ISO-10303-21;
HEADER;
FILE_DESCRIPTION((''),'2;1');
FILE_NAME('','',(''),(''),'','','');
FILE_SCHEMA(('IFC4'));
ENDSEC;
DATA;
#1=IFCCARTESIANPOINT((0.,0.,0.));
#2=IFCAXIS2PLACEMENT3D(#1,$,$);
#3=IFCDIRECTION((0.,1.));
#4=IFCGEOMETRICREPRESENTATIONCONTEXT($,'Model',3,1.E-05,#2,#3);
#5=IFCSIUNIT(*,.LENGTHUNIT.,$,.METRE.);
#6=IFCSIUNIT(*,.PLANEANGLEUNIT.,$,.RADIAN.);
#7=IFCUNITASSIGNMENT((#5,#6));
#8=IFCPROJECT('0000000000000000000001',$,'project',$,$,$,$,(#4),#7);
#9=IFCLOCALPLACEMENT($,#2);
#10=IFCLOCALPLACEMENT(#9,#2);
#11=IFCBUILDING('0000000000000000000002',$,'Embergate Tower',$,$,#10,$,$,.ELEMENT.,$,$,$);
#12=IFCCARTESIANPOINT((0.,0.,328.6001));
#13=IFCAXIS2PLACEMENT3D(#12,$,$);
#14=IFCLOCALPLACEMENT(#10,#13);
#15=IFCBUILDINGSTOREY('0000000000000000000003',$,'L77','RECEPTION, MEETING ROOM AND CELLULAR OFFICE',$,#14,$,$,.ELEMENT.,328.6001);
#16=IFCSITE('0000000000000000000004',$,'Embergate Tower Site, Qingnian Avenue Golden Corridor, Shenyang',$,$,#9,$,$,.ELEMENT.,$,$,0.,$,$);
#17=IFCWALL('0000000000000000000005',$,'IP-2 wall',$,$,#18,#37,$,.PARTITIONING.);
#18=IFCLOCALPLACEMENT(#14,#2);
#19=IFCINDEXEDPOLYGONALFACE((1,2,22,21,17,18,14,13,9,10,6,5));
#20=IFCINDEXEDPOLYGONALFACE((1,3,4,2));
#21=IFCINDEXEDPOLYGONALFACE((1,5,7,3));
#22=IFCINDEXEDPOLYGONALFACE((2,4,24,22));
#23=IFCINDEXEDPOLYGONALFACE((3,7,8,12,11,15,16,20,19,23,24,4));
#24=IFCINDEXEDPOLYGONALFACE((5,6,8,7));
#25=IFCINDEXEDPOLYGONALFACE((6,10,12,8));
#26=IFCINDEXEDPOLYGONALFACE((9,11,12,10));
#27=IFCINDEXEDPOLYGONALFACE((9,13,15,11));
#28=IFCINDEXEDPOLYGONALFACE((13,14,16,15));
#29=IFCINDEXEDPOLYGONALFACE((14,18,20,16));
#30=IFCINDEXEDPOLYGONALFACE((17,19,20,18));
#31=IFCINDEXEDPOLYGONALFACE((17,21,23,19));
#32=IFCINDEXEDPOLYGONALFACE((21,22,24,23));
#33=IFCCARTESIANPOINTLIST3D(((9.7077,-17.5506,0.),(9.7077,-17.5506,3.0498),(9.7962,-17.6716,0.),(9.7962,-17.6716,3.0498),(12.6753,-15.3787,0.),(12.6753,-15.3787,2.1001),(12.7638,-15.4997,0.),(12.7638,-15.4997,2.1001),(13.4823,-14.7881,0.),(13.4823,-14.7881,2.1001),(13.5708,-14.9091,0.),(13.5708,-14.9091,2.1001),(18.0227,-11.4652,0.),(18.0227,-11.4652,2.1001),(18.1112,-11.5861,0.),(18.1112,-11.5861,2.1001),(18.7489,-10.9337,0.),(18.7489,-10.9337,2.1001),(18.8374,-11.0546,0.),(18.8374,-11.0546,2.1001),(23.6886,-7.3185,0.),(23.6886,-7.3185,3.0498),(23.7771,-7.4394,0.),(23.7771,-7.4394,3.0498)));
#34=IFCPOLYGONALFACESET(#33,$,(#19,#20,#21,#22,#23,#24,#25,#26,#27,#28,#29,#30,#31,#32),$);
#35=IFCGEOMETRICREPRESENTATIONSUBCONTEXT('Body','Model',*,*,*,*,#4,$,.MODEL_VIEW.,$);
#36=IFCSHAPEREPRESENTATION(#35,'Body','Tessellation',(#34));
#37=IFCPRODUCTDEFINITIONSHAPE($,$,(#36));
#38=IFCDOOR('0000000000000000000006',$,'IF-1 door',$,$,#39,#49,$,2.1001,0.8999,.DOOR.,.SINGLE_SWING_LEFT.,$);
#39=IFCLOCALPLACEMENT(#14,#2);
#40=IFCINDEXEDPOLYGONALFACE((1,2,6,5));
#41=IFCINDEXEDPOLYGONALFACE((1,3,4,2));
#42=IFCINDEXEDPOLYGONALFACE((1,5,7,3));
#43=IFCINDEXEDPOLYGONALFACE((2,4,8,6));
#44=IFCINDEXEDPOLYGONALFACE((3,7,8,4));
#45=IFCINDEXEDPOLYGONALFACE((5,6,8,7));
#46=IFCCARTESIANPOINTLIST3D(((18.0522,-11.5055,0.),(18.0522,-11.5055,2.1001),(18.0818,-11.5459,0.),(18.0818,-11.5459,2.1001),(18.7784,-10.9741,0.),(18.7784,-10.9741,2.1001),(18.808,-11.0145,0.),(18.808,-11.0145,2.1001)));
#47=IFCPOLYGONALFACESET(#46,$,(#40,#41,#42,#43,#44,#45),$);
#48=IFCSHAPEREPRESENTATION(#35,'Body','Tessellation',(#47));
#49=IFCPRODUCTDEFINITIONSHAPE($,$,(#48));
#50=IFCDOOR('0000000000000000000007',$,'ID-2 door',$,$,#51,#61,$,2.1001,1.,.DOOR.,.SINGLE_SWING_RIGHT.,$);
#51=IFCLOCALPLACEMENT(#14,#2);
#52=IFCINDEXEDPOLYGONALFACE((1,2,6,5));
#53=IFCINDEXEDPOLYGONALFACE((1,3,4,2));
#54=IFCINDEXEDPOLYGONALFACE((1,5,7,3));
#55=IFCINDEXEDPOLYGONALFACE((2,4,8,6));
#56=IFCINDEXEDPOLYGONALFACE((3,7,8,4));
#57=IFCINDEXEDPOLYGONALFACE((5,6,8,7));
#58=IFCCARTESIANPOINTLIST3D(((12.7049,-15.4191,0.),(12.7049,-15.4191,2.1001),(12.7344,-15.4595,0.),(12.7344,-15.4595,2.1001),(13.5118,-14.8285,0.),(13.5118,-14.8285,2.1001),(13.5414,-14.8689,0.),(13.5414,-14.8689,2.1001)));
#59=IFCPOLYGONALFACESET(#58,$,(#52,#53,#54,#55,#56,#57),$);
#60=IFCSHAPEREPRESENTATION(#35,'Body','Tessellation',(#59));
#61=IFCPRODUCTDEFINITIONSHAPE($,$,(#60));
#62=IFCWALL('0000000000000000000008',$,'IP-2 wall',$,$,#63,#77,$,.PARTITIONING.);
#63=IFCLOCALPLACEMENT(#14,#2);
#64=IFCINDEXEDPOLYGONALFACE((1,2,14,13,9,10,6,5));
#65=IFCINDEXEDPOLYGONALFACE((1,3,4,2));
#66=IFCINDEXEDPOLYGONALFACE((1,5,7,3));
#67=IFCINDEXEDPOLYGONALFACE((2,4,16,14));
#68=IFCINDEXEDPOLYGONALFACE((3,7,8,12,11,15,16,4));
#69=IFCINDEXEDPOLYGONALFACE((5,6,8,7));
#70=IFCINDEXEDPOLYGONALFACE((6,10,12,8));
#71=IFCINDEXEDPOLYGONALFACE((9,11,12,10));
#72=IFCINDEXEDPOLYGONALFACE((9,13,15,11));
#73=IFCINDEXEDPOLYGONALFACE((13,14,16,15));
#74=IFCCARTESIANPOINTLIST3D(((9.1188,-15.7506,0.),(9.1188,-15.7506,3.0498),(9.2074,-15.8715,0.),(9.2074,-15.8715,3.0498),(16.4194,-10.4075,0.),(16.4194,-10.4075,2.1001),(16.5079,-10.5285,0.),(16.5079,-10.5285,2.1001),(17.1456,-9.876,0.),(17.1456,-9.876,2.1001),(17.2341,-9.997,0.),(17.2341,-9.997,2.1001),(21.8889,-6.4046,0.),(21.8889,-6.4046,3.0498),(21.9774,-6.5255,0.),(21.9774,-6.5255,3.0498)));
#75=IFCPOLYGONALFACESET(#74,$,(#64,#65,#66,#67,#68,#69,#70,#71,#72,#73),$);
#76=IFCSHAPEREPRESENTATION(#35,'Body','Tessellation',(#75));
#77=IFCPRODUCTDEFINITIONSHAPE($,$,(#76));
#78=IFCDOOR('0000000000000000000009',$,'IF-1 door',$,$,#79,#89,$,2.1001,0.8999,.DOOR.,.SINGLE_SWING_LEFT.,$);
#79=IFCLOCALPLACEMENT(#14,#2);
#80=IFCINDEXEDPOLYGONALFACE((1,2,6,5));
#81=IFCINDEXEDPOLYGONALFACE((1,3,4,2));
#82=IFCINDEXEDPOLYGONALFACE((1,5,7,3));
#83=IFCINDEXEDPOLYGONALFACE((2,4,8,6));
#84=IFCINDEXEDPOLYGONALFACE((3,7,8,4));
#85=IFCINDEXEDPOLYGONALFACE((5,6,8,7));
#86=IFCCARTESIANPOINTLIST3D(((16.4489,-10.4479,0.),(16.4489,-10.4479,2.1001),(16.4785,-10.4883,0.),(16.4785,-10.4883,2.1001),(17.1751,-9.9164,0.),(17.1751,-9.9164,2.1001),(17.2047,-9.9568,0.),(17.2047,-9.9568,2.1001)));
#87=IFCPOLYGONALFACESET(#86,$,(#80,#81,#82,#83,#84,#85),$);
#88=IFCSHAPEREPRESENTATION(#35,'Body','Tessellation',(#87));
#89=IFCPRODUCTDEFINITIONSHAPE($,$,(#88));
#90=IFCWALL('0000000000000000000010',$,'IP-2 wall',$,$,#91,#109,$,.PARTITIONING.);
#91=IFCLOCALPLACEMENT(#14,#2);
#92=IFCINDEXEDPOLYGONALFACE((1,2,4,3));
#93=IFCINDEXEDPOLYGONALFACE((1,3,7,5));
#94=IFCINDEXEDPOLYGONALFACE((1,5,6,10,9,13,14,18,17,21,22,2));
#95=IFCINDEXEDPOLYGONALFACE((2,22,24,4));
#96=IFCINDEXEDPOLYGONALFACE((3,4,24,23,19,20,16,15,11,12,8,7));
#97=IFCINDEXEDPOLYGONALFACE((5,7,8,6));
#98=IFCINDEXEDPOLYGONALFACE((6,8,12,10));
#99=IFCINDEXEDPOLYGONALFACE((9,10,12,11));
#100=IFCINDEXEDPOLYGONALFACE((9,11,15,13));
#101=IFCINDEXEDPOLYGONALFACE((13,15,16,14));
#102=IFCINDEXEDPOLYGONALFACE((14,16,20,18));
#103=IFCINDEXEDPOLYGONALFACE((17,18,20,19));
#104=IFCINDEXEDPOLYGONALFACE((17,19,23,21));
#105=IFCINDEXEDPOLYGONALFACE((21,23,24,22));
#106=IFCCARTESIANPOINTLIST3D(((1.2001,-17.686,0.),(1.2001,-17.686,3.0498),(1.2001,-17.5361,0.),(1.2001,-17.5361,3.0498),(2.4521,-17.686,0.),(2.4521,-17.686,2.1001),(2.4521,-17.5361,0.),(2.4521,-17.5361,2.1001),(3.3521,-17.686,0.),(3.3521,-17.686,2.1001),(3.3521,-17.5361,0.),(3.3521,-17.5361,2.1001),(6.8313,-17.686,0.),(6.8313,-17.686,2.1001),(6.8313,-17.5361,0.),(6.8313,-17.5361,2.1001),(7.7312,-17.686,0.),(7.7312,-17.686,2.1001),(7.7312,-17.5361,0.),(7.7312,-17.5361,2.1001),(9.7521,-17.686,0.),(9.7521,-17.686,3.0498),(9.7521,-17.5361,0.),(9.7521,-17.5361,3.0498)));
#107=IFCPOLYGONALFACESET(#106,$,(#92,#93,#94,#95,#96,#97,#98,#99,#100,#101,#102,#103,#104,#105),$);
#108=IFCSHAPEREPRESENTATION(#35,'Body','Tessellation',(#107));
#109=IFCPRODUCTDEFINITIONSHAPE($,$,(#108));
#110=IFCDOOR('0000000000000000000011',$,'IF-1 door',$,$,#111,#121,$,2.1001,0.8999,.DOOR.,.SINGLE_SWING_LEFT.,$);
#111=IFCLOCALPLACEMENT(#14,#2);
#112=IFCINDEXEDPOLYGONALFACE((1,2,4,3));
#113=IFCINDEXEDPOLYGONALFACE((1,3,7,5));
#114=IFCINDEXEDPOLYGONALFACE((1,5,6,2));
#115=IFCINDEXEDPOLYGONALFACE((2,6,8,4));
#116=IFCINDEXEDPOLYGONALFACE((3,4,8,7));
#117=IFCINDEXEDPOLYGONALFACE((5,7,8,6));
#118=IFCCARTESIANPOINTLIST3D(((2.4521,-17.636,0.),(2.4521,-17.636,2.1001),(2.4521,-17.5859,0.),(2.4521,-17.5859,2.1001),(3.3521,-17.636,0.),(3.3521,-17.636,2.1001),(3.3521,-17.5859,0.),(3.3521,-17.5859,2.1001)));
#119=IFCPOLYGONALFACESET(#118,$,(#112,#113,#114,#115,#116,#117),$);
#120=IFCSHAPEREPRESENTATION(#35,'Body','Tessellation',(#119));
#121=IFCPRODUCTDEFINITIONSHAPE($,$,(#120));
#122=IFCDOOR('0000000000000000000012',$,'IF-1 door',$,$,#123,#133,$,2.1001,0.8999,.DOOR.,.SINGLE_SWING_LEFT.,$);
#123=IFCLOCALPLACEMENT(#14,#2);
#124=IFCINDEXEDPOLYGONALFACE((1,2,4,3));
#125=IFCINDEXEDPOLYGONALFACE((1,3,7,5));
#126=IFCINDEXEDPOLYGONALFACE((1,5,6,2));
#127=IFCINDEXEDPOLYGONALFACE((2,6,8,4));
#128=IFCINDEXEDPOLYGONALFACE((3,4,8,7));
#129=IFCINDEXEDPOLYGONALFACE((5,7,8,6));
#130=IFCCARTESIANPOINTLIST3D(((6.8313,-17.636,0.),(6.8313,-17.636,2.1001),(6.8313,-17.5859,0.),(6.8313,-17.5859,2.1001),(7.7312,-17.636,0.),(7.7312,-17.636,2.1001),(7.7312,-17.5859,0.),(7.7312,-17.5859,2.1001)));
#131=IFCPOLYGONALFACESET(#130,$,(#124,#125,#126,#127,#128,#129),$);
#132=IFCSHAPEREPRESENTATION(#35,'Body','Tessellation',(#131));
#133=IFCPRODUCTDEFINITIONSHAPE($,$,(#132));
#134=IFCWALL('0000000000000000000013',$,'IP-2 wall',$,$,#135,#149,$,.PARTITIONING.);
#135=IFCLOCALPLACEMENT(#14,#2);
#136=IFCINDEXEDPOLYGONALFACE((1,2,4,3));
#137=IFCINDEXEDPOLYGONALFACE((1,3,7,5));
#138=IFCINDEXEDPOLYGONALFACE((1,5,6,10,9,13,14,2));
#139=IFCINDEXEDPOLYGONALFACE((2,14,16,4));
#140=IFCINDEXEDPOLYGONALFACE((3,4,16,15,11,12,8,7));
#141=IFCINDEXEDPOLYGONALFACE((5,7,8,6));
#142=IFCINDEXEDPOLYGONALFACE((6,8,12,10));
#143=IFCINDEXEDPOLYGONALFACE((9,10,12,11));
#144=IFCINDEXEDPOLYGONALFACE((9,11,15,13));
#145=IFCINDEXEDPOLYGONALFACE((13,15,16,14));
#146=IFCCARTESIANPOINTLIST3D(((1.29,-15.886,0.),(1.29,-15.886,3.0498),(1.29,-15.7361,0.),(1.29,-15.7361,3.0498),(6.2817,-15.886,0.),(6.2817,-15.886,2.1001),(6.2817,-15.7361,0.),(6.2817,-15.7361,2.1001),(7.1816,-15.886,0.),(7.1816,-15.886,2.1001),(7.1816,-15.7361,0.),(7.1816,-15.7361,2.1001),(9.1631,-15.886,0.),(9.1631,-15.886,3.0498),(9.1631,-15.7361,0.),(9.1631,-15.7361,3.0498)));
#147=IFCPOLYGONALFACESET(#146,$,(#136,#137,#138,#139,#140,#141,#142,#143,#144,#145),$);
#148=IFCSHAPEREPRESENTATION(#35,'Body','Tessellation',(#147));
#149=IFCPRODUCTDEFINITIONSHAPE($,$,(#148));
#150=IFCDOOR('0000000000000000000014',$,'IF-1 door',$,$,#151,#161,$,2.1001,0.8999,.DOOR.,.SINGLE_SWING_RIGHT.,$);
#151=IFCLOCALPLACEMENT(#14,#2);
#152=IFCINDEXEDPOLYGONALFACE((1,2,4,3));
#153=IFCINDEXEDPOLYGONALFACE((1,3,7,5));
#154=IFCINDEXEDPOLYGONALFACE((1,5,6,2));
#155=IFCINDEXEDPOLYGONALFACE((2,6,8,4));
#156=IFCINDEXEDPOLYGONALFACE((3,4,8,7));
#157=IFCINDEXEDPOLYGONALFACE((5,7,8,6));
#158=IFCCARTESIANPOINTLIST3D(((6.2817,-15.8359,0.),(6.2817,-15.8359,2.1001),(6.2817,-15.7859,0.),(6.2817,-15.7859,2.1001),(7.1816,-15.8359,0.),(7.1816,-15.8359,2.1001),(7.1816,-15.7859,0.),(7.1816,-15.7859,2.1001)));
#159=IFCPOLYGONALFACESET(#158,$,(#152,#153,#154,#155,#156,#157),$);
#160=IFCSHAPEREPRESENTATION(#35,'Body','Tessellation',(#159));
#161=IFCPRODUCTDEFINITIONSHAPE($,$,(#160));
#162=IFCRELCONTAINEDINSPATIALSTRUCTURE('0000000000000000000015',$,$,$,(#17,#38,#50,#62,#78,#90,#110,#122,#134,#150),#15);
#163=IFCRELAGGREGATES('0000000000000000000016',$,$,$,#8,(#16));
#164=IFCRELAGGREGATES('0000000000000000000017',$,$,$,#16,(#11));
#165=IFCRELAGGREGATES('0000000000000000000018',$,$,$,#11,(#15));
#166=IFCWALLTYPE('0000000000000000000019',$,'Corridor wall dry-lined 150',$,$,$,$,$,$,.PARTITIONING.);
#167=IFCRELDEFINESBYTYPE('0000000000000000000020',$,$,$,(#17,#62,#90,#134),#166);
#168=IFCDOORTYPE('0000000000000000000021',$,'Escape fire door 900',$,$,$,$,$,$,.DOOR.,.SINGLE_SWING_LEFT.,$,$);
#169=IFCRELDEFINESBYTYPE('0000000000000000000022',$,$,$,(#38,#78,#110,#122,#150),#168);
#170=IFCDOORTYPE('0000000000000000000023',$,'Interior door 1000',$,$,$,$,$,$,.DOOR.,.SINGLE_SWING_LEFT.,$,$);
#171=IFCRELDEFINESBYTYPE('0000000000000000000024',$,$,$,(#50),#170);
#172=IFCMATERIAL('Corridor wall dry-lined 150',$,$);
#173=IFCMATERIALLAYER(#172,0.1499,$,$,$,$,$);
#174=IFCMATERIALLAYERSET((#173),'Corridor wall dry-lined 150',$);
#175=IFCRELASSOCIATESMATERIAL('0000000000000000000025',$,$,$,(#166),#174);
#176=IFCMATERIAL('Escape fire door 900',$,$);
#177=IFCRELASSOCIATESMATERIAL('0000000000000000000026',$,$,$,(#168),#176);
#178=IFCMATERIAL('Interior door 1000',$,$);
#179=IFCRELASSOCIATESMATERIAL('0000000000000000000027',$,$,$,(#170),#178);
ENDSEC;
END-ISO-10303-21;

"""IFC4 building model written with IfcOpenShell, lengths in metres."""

from ifc_helpers import new_model, si_unit, direction, frame, frame_2d, origin, place, context, subcontext, project, spatial, rectangle, extrude, source, transform, mapped, material, layer, layer_set, type_object, element, fill, save


model = new_model("IFC4")

# Units and contexts
model_context = context("Model", 3, precision=1e-05, world=origin(), true_north=direction((0.0, 1.0)))
body_context = subcontext(model_context, "Body", "Model", "MODEL_VIEW")
ifc_project = project(units=[si_unit("LENGTHUNIT", "METRE"), si_unit("PLANEANGLEUNIT", "RADIAN")], contexts=[model_context])

# Site, building, storey
site_placement = place(None, origin())
site = spatial("IfcSite", under=ifc_project, at=site_placement, Name="Embergate Tower Site, Qingnian Avenue Golden Corridor, Shenyang", CompositionType="ELEMENT", RefElevation=0.0)
building_placement = place(site_placement, origin())
building = spatial("IfcBuilding", under=site, at=building_placement, Name="Embergate Tower", CompositionType="ELEMENT")
storey_placement = place(building_placement, frame((0.0, 0.0, 328.6001)))
storey = spatial("IfcBuildingStorey", under=building, at=storey_placement, Name="L77", Description="RECEPTION, MEETING ROOM AND CELLULAR OFFICE", CompositionType="ELEMENT", Elevation=328.6001)

# Wall, openings, doors
ifc_material_1 = material(Name="Corridor wall dry-lined 150")
ifc_layer_1 = layer(ifc_material_1, 0.1499)
ifc_layer_set_1 = layer_set([ifc_layer_1], Name="Corridor wall dry-lined 150")
wall_type_1 = type_object("IfcWallType", Name="Corridor wall dry-lined 150", PredefinedType="PARTITIONING", material=ifc_layer_set_1)
shared_shape_1 = source(origin(), body_context, "Body", "SweptSolid", [
    extrude(rectangle(XDim=17.3252, YDim=0.1499, at=frame_2d((8.6626, 0.0))), origin(), (0.0, 0.0, 1.0), 3.0498),
])
wall_1_placement = place(storey_placement, frame((9.752, -17.6111, 0.0), z_axis=(0.0, 0.0, 1.0), x_axis=(0.80697, 0.590593, 0.0)))
wall_1 = element("IfcWall", 1, at=wall_1_placement, inside=storey, type_object=wall_type_1, Name="IP-2 wall", PredefinedType="PARTITIONING", context=body_context, shape_type="MappedRepresentation", body=[
    mapped(shared_shape_1, transform((0.0, 0.0, 0.0))),
])
shared_shape_2 = source(origin(), body_context, "Body", "SweptSolid", [
    extrude(rectangle(XDim=1.0, YDim=2.1001, at=frame_2d((0.5, 1.05))), frame((0.0, 0.085, 0.0), z_axis=(0.0, -1.0, 0.0), x_axis=(1.0, 0.0, 0.0)), (0.0, 0.0, 1.0), 0.1699),
])
opening_1_placement = place(wall_1_placement, frame((3.6775, 0.0, 0.0)))
opening_1 = element("IfcOpeningElement", 2, at=opening_1_placement, cuts=wall_1, PredefinedType="OPENING", context=body_context, shape_type="MappedRepresentation", body=[
    mapped(shared_shape_2, transform((0.0, 0.0, 0.0))),
])
shared_shape_3 = source(origin(), body_context, "Body", "SweptSolid", [
    extrude(rectangle(XDim=0.8999, YDim=2.1001, at=frame_2d((0.45, 1.05))), frame((0.0, 0.085, 0.0), z_axis=(0.0, -1.0, 0.0), x_axis=(1.0, 0.0, 0.0)), (0.0, 0.0, 1.0), 0.1699),
])
opening_2_placement = place(wall_1_placement, frame((10.304, 0.0, 0.0)))
opening_2 = element("IfcOpeningElement", 3, at=opening_2_placement, cuts=wall_1, PredefinedType="OPENING", context=body_context, shape_type="MappedRepresentation", body=[
    mapped(shared_shape_3, transform((0.0, 0.0, 0.0))),
])
ifc_material_2 = material(Name="Escape fire door 900")
door_type_1 = type_object("IfcDoorType", Name="Escape fire door 900", OperationType="SINGLE_SWING_LEFT", PredefinedType="DOOR", material=ifc_material_2)
shared_shape_4 = source(origin(), body_context, "Body", "SweptSolid", [
    extrude(rectangle(XDim=0.8999, YDim=2.1001, at=frame_2d((0.45, 1.05))), frame((0.0, 0.0249, 0.0), z_axis=(0.0, -1.0, 0.0), x_axis=(1.0, 0.0, 0.0)), (0.0, 0.0, 1.0), 0.05),
])
door_1_placement = place(opening_2_placement, origin())
door_1 = element("IfcDoor", 4, at=door_1_placement, inside=storey, type_object=door_type_1, Name="IF-1 door", OperationType="SINGLE_SWING_LEFT", OverallHeight=2.1001, OverallWidth=0.8999, PredefinedType="DOOR", context=body_context, shape_type="MappedRepresentation", body=[
    mapped(shared_shape_4, transform((0.0, 0.0, 0.0))),
])
fill(opening_2, door_1)
ifc_material_3 = material(Name="Interior door 1000")
door_type_2 = type_object("IfcDoorType", Name="Interior door 1000", OperationType="SINGLE_SWING_LEFT", PredefinedType="DOOR", material=ifc_material_3)
shared_shape_5 = source(origin(), body_context, "Body", "SweptSolid", [
    extrude(rectangle(XDim=1.0, YDim=2.1001, at=frame_2d((0.5, 1.05))), frame((0.0, 0.0249, 0.0), z_axis=(0.0, -1.0, 0.0), x_axis=(1.0, 0.0, 0.0)), (0.0, 0.0, 1.0), 0.05),
])
door_2_placement = place(opening_1_placement, origin())
door_2 = element("IfcDoor", 5, at=door_2_placement, inside=storey, type_object=door_type_2, Name="ID-2 door", OperationType="SINGLE_SWING_RIGHT", OverallHeight=2.1001, OverallWidth=1.0, PredefinedType="DOOR", context=body_context, shape_type="MappedRepresentation", body=[
    mapped(shared_shape_5, transform((0.0, 0.0, 0.0))),
])
fill(opening_1, door_2)

# Wall, opening, door
shared_shape_6 = source(origin(), body_context, "Body", "SweptSolid", [
    extrude(rectangle(XDim=15.8247, YDim=0.1499, at=frame_2d((7.9124, 0.0))), origin(), (0.0, 0.0, 1.0), 3.0498),
])
wall_2_placement = place(storey_placement, frame((9.1631, -15.811, 0.0), z_axis=(0.0, 0.0, 1.0), x_axis=(0.806969, 0.590594, 0.0)))
wall_2 = element("IfcWall", 6, at=wall_2_placement, inside=storey, type_object=wall_type_1, Name="IP-2 wall", PredefinedType="PARTITIONING", context=body_context, shape_type="MappedRepresentation", body=[
    mapped(shared_shape_6, transform((0.0, 0.0, 0.0))),
])
opening_3_placement = place(wall_2_placement, frame((9.0469, 0.0, 0.0)))
opening_3 = element("IfcOpeningElement", 7, at=opening_3_placement, cuts=wall_2, PredefinedType="OPENING", context=body_context, shape_type="MappedRepresentation", body=[
    mapped(shared_shape_3, transform((0.0, 0.0, 0.0))),
])
door_3_placement = place(opening_3_placement, origin())
door_3 = element("IfcDoor", 8, at=door_3_placement, inside=storey, type_object=door_type_1, Name="IF-1 door", OperationType="SINGLE_SWING_LEFT", OverallHeight=2.1001, OverallWidth=0.8999, PredefinedType="DOOR", context=body_context, shape_type="MappedRepresentation", body=[
    mapped(shared_shape_4, transform((0.0, 0.0, 0.0))),
])
fill(opening_3, door_3)

# Wall, openings, doors
shared_shape_7 = source(origin(), body_context, "Body", "SweptSolid", [
    extrude(rectangle(XDim=8.552, YDim=0.1499, at=frame_2d((4.2759, 0.0))), origin(), (0.0, 0.0, 1.0), 3.0498),
])
wall_3_placement = place(storey_placement, frame((9.752, -17.6111, 0.0), z_axis=(0.0, 0.0, 1.0), x_axis=(-1.0, 0.0, 0.0)))
wall_3 = element("IfcWall", 9, at=wall_3_placement, inside=storey, type_object=wall_type_1, Name="IP-2 wall", PredefinedType="PARTITIONING", context=body_context, shape_type="MappedRepresentation", body=[
    mapped(shared_shape_7, transform((0.0, 0.0, 0.0))),
])
opening_4_placement = place(wall_3_placement, frame((6.3999, 0.0, 0.0)))
opening_4 = element("IfcOpeningElement", 10, at=opening_4_placement, cuts=wall_3, PredefinedType="OPENING", context=body_context, shape_type="MappedRepresentation", body=[
    mapped(shared_shape_3, transform((0.0, 0.0, 0.0))),
])
opening_5_placement = place(wall_3_placement, frame((2.0208, 0.0, 0.0)))
opening_5 = element("IfcOpeningElement", 11, at=opening_5_placement, cuts=wall_3, PredefinedType="OPENING", context=body_context, shape_type="MappedRepresentation", body=[
    mapped(shared_shape_3, transform((0.0, 0.0, 0.0))),
])
door_4_placement = place(opening_4_placement, origin())
door_4 = element("IfcDoor", 12, at=door_4_placement, inside=storey, type_object=door_type_1, Name="IF-1 door", OperationType="SINGLE_SWING_LEFT", OverallHeight=2.1001, OverallWidth=0.8999, PredefinedType="DOOR", context=body_context, shape_type="MappedRepresentation", body=[
    mapped(shared_shape_4, transform((0.0, 0.0, 0.0))),
])
fill(opening_4, door_4)
door_5_placement = place(opening_5_placement, origin())
door_5 = element("IfcDoor", 13, at=door_5_placement, inside=storey, type_object=door_type_1, Name="IF-1 door", OperationType="SINGLE_SWING_LEFT", OverallHeight=2.1001, OverallWidth=0.8999, PredefinedType="DOOR", context=body_context, shape_type="MappedRepresentation", body=[
    mapped(shared_shape_4, transform((0.0, 0.0, 0.0))),
])
fill(opening_5, door_5)

# Wall, opening, door
shared_shape_8 = source(origin(), body_context, "Body", "SweptSolid", [
    extrude(rectangle(XDim=7.873, YDim=0.1499, at=frame_2d((3.9365, 0.0))), origin(), (0.0, 0.0, 1.0), 3.0498),
])
wall_4_placement = place(storey_placement, frame((9.1631, -15.811, 0.0), z_axis=(0.0, 0.0, 1.0), x_axis=(-1.0, 0.0, 0.0)))
wall_4 = element("IfcWall", 14, at=wall_4_placement, inside=storey, type_object=wall_type_1, Name="IP-2 wall", PredefinedType="PARTITIONING", context=body_context, shape_type="MappedRepresentation", body=[
    mapped(shared_shape_8, transform((0.0, 0.0, 0.0))),
])
opening_6_placement = place(wall_4_placement, frame((1.9814, 0.0, 0.0)))
opening_6 = element("IfcOpeningElement", 15, at=opening_6_placement, cuts=wall_4, PredefinedType="OPENING", context=body_context, shape_type="MappedRepresentation", body=[
    mapped(shared_shape_3, transform((0.0, 0.0, 0.0))),
])
door_6_placement = place(opening_6_placement, origin())
door_6 = element("IfcDoor", 16, at=door_6_placement, inside=storey, type_object=door_type_1, Name="IF-1 door", OperationType="SINGLE_SWING_RIGHT", OverallHeight=2.1001, OverallWidth=0.8999, PredefinedType="DOOR", context=body_context, shape_type="MappedRepresentation", body=[
    mapped(shared_shape_4, transform((0.0, 0.0, 0.0))),
])
fill(opening_6, door_6)

save(model, "model.ifc")
